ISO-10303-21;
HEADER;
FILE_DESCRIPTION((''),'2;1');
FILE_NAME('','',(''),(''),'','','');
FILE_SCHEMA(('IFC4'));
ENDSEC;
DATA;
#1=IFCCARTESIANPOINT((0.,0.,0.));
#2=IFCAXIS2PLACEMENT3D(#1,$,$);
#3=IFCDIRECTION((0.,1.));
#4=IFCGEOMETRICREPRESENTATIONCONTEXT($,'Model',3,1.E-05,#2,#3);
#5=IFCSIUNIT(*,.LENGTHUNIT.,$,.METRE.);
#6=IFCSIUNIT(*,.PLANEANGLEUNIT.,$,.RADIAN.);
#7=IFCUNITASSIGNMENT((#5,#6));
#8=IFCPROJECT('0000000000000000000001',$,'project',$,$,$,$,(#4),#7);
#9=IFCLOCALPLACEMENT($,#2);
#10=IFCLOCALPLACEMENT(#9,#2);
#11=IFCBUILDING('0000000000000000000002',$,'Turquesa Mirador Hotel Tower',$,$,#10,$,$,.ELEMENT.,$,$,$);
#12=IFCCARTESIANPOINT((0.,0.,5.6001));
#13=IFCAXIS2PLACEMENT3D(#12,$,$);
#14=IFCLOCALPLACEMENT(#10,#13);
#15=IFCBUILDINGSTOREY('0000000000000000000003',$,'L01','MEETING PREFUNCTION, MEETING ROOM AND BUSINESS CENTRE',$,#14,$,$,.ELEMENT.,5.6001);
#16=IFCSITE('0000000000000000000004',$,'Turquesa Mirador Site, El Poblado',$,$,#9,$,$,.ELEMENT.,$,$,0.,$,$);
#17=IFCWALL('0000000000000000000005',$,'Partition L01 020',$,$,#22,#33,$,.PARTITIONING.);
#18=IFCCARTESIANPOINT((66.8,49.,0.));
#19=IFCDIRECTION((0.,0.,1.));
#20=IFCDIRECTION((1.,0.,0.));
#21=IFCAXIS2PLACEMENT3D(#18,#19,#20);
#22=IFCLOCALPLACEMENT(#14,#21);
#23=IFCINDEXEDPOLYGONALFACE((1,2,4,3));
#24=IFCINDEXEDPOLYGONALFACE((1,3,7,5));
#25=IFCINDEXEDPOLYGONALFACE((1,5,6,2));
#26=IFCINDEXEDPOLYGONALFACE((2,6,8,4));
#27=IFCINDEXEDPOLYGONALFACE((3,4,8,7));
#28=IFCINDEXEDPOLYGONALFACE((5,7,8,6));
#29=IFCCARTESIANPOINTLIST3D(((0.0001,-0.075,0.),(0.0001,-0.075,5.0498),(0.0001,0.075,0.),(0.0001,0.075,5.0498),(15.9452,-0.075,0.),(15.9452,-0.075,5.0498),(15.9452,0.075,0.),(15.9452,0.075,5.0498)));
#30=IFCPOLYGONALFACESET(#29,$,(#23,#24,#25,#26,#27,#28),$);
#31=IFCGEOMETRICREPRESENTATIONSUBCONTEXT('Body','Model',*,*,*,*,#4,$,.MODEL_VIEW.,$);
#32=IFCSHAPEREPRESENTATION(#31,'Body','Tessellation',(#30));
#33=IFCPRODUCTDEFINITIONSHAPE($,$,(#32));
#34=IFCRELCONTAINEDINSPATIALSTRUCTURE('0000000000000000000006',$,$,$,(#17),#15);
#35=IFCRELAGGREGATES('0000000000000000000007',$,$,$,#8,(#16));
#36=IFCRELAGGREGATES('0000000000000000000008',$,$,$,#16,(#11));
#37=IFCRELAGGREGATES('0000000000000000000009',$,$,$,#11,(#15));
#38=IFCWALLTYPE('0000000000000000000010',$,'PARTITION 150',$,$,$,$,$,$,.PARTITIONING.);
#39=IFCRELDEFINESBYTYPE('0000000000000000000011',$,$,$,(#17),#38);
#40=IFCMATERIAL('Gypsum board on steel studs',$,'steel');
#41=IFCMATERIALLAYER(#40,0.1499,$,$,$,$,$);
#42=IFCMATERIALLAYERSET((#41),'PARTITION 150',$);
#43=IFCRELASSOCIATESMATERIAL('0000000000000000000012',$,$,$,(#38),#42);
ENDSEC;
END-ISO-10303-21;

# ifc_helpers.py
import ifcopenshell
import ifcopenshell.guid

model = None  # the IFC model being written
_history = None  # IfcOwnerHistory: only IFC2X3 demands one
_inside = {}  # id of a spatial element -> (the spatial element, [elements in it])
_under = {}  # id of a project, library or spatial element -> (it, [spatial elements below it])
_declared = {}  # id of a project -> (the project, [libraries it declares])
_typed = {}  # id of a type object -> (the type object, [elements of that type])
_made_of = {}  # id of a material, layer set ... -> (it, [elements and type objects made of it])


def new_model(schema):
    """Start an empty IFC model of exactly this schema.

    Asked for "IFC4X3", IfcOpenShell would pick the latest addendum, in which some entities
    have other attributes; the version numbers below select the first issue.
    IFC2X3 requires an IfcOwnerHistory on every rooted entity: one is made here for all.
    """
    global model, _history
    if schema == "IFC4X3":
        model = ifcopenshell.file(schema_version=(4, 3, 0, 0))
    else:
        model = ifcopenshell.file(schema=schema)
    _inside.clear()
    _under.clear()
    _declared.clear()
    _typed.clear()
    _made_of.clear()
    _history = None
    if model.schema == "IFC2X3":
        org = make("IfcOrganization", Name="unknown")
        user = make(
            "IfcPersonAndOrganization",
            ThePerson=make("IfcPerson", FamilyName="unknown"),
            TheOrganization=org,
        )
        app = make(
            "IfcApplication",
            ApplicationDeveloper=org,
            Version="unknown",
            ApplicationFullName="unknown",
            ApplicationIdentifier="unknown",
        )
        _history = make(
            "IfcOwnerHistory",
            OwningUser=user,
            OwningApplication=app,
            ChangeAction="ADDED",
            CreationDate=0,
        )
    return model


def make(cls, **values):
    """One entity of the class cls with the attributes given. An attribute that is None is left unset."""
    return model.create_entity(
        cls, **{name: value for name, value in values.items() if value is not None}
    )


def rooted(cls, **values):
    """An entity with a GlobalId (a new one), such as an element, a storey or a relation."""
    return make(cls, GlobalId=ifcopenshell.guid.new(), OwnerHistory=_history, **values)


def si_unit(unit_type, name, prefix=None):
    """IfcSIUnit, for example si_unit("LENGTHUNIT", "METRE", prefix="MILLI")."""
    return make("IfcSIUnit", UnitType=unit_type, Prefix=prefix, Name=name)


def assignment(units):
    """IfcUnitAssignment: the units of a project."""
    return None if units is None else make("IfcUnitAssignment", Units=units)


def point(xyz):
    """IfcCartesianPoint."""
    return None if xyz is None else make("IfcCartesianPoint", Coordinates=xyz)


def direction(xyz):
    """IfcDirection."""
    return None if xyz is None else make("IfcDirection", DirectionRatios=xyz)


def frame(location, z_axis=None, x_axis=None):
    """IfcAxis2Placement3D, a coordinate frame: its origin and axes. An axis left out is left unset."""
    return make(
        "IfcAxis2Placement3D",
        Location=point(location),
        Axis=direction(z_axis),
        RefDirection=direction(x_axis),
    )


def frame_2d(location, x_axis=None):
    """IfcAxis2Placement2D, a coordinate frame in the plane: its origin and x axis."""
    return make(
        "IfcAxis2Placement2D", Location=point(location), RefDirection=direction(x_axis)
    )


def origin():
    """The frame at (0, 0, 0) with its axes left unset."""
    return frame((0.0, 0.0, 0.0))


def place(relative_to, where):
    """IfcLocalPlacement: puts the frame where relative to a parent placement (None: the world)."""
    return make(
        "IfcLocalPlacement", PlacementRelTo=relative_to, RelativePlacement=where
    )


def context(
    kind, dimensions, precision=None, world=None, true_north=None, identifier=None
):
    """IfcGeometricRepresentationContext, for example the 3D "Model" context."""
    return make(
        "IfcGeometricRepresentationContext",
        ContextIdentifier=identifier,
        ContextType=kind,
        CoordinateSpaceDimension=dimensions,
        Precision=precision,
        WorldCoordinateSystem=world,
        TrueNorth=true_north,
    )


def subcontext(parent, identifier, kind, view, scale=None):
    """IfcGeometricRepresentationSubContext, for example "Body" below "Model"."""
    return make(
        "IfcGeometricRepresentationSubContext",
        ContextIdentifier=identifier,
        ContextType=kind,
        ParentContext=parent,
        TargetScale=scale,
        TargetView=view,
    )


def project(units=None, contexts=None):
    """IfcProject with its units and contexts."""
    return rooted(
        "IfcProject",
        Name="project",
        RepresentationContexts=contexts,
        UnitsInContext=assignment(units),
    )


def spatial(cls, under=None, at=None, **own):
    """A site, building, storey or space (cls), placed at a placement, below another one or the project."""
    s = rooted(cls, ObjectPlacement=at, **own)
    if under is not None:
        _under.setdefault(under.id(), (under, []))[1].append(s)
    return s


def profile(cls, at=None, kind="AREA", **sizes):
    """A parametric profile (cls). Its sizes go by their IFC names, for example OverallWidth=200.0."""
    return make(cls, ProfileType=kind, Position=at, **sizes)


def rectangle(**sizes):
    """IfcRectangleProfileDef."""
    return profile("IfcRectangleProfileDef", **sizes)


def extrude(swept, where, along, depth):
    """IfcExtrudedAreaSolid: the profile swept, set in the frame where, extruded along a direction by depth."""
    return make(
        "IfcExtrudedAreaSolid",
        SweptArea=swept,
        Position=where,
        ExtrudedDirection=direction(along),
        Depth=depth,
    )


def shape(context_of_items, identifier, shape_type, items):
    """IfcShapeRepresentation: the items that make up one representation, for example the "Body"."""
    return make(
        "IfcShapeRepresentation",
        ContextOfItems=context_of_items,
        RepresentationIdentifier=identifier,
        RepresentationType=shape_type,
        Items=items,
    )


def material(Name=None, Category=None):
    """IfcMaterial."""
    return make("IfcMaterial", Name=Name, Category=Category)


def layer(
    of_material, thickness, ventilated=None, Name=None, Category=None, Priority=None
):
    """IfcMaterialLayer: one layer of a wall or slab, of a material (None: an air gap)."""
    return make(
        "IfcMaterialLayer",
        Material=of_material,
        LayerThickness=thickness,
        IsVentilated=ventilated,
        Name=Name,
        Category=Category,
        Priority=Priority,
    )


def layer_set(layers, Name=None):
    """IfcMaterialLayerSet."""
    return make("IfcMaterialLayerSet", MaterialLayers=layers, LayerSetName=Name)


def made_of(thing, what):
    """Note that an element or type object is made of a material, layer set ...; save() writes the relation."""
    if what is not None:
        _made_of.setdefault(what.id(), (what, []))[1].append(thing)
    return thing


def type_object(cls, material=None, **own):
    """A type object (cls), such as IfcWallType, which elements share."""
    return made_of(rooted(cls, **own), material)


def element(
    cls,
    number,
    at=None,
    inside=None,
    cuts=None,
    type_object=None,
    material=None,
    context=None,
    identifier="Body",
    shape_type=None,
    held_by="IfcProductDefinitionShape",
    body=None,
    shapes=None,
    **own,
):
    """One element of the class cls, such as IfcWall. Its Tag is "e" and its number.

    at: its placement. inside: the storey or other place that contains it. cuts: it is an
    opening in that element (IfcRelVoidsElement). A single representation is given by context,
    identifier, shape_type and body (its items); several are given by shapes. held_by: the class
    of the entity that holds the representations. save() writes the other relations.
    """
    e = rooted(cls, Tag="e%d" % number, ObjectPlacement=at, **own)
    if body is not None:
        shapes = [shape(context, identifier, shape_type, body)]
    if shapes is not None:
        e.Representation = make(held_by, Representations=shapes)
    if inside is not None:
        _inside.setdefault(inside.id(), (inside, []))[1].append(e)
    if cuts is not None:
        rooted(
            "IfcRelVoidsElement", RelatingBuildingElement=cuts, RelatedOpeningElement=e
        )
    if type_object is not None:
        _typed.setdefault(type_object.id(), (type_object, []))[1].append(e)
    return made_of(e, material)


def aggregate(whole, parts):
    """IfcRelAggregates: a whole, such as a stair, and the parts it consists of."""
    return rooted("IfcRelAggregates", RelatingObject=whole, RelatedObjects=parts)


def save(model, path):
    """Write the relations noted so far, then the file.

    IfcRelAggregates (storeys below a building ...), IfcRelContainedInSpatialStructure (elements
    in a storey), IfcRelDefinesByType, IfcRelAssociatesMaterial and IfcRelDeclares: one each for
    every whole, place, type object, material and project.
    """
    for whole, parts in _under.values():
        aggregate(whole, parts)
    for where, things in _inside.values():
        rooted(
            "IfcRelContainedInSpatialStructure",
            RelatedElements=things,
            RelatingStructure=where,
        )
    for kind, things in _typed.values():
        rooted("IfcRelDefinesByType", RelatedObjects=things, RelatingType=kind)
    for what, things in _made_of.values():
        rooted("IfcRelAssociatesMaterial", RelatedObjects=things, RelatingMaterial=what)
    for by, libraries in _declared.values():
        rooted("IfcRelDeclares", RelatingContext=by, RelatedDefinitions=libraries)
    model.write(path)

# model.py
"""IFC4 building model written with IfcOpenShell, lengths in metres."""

from ifc_helpers import new_model, si_unit, direction, frame, frame_2d, origin, place, context, subcontext, project, spatial, rectangle, extrude, material, layer, layer_set, type_object, element, save


model = new_model("IFC4")

# Units and contexts
model_context = context("Model", 3, precision=1e-05, world=origin(), true_north=direction((0.0, 1.0)))
body_context = subcontext(model_context, "Body", "Model", "MODEL_VIEW")
ifc_project = project(units=[si_unit("LENGTHUNIT", "METRE"), si_unit("PLANEANGLEUNIT", "RADIAN")], contexts=[model_context])

# Site, building, storey
site_placement = place(None, origin())
site = spatial("IfcSite", under=ifc_project, at=site_placement, Name="Turquesa Mirador Site, El Poblado", CompositionType="ELEMENT", RefElevation=0.0)
building_placement = place(site_placement, origin())
building = spatial("IfcBuilding", under=site, at=building_placement, Name="Turquesa Mirador Hotel Tower", CompositionType="ELEMENT")
storey_placement = place(building_placement, frame((0.0, 0.0, 5.6001)))
storey = spatial("IfcBuildingStorey", under=building, at=storey_placement, Name="L01", Description="MEETING PREFUNCTION, MEETING ROOM AND BUSINESS CENTRE", CompositionType="ELEMENT", Elevation=5.6001)

# Shared definitions
ifc_material_1 = material(Name="Gypsum board on steel studs", Category="steel")
ifc_layer_1 = layer(ifc_material_1, 0.1499)
ifc_layer_set_1 = layer_set([ifc_layer_1], Name="PARTITION 150")
wall_type_1 = type_object("IfcWallType", Name="PARTITION 150", PredefinedType="PARTITIONING", material=ifc_layer_set_1)

# Wall
wall_1_placement = place(storey_placement, frame((66.8, 49.0, 0.0), z_axis=(0.0, 0.0, 1.0), x_axis=(1.0, 0.0, 0.0)))
element("IfcWall", 1, at=wall_1_placement, inside=storey, type_object=wall_type_1, Name="Partition L01 020", PredefinedType="PARTITIONING", context=body_context, shape_type="SweptSolid", body=[
    extrude(rectangle(XDim=15.9451, YDim=0.1499, at=frame_2d((7.9727, 0.0))), origin(), (0.0, 0.0, 1.0), 5.0498),
])

save(model, "model.ifc")
